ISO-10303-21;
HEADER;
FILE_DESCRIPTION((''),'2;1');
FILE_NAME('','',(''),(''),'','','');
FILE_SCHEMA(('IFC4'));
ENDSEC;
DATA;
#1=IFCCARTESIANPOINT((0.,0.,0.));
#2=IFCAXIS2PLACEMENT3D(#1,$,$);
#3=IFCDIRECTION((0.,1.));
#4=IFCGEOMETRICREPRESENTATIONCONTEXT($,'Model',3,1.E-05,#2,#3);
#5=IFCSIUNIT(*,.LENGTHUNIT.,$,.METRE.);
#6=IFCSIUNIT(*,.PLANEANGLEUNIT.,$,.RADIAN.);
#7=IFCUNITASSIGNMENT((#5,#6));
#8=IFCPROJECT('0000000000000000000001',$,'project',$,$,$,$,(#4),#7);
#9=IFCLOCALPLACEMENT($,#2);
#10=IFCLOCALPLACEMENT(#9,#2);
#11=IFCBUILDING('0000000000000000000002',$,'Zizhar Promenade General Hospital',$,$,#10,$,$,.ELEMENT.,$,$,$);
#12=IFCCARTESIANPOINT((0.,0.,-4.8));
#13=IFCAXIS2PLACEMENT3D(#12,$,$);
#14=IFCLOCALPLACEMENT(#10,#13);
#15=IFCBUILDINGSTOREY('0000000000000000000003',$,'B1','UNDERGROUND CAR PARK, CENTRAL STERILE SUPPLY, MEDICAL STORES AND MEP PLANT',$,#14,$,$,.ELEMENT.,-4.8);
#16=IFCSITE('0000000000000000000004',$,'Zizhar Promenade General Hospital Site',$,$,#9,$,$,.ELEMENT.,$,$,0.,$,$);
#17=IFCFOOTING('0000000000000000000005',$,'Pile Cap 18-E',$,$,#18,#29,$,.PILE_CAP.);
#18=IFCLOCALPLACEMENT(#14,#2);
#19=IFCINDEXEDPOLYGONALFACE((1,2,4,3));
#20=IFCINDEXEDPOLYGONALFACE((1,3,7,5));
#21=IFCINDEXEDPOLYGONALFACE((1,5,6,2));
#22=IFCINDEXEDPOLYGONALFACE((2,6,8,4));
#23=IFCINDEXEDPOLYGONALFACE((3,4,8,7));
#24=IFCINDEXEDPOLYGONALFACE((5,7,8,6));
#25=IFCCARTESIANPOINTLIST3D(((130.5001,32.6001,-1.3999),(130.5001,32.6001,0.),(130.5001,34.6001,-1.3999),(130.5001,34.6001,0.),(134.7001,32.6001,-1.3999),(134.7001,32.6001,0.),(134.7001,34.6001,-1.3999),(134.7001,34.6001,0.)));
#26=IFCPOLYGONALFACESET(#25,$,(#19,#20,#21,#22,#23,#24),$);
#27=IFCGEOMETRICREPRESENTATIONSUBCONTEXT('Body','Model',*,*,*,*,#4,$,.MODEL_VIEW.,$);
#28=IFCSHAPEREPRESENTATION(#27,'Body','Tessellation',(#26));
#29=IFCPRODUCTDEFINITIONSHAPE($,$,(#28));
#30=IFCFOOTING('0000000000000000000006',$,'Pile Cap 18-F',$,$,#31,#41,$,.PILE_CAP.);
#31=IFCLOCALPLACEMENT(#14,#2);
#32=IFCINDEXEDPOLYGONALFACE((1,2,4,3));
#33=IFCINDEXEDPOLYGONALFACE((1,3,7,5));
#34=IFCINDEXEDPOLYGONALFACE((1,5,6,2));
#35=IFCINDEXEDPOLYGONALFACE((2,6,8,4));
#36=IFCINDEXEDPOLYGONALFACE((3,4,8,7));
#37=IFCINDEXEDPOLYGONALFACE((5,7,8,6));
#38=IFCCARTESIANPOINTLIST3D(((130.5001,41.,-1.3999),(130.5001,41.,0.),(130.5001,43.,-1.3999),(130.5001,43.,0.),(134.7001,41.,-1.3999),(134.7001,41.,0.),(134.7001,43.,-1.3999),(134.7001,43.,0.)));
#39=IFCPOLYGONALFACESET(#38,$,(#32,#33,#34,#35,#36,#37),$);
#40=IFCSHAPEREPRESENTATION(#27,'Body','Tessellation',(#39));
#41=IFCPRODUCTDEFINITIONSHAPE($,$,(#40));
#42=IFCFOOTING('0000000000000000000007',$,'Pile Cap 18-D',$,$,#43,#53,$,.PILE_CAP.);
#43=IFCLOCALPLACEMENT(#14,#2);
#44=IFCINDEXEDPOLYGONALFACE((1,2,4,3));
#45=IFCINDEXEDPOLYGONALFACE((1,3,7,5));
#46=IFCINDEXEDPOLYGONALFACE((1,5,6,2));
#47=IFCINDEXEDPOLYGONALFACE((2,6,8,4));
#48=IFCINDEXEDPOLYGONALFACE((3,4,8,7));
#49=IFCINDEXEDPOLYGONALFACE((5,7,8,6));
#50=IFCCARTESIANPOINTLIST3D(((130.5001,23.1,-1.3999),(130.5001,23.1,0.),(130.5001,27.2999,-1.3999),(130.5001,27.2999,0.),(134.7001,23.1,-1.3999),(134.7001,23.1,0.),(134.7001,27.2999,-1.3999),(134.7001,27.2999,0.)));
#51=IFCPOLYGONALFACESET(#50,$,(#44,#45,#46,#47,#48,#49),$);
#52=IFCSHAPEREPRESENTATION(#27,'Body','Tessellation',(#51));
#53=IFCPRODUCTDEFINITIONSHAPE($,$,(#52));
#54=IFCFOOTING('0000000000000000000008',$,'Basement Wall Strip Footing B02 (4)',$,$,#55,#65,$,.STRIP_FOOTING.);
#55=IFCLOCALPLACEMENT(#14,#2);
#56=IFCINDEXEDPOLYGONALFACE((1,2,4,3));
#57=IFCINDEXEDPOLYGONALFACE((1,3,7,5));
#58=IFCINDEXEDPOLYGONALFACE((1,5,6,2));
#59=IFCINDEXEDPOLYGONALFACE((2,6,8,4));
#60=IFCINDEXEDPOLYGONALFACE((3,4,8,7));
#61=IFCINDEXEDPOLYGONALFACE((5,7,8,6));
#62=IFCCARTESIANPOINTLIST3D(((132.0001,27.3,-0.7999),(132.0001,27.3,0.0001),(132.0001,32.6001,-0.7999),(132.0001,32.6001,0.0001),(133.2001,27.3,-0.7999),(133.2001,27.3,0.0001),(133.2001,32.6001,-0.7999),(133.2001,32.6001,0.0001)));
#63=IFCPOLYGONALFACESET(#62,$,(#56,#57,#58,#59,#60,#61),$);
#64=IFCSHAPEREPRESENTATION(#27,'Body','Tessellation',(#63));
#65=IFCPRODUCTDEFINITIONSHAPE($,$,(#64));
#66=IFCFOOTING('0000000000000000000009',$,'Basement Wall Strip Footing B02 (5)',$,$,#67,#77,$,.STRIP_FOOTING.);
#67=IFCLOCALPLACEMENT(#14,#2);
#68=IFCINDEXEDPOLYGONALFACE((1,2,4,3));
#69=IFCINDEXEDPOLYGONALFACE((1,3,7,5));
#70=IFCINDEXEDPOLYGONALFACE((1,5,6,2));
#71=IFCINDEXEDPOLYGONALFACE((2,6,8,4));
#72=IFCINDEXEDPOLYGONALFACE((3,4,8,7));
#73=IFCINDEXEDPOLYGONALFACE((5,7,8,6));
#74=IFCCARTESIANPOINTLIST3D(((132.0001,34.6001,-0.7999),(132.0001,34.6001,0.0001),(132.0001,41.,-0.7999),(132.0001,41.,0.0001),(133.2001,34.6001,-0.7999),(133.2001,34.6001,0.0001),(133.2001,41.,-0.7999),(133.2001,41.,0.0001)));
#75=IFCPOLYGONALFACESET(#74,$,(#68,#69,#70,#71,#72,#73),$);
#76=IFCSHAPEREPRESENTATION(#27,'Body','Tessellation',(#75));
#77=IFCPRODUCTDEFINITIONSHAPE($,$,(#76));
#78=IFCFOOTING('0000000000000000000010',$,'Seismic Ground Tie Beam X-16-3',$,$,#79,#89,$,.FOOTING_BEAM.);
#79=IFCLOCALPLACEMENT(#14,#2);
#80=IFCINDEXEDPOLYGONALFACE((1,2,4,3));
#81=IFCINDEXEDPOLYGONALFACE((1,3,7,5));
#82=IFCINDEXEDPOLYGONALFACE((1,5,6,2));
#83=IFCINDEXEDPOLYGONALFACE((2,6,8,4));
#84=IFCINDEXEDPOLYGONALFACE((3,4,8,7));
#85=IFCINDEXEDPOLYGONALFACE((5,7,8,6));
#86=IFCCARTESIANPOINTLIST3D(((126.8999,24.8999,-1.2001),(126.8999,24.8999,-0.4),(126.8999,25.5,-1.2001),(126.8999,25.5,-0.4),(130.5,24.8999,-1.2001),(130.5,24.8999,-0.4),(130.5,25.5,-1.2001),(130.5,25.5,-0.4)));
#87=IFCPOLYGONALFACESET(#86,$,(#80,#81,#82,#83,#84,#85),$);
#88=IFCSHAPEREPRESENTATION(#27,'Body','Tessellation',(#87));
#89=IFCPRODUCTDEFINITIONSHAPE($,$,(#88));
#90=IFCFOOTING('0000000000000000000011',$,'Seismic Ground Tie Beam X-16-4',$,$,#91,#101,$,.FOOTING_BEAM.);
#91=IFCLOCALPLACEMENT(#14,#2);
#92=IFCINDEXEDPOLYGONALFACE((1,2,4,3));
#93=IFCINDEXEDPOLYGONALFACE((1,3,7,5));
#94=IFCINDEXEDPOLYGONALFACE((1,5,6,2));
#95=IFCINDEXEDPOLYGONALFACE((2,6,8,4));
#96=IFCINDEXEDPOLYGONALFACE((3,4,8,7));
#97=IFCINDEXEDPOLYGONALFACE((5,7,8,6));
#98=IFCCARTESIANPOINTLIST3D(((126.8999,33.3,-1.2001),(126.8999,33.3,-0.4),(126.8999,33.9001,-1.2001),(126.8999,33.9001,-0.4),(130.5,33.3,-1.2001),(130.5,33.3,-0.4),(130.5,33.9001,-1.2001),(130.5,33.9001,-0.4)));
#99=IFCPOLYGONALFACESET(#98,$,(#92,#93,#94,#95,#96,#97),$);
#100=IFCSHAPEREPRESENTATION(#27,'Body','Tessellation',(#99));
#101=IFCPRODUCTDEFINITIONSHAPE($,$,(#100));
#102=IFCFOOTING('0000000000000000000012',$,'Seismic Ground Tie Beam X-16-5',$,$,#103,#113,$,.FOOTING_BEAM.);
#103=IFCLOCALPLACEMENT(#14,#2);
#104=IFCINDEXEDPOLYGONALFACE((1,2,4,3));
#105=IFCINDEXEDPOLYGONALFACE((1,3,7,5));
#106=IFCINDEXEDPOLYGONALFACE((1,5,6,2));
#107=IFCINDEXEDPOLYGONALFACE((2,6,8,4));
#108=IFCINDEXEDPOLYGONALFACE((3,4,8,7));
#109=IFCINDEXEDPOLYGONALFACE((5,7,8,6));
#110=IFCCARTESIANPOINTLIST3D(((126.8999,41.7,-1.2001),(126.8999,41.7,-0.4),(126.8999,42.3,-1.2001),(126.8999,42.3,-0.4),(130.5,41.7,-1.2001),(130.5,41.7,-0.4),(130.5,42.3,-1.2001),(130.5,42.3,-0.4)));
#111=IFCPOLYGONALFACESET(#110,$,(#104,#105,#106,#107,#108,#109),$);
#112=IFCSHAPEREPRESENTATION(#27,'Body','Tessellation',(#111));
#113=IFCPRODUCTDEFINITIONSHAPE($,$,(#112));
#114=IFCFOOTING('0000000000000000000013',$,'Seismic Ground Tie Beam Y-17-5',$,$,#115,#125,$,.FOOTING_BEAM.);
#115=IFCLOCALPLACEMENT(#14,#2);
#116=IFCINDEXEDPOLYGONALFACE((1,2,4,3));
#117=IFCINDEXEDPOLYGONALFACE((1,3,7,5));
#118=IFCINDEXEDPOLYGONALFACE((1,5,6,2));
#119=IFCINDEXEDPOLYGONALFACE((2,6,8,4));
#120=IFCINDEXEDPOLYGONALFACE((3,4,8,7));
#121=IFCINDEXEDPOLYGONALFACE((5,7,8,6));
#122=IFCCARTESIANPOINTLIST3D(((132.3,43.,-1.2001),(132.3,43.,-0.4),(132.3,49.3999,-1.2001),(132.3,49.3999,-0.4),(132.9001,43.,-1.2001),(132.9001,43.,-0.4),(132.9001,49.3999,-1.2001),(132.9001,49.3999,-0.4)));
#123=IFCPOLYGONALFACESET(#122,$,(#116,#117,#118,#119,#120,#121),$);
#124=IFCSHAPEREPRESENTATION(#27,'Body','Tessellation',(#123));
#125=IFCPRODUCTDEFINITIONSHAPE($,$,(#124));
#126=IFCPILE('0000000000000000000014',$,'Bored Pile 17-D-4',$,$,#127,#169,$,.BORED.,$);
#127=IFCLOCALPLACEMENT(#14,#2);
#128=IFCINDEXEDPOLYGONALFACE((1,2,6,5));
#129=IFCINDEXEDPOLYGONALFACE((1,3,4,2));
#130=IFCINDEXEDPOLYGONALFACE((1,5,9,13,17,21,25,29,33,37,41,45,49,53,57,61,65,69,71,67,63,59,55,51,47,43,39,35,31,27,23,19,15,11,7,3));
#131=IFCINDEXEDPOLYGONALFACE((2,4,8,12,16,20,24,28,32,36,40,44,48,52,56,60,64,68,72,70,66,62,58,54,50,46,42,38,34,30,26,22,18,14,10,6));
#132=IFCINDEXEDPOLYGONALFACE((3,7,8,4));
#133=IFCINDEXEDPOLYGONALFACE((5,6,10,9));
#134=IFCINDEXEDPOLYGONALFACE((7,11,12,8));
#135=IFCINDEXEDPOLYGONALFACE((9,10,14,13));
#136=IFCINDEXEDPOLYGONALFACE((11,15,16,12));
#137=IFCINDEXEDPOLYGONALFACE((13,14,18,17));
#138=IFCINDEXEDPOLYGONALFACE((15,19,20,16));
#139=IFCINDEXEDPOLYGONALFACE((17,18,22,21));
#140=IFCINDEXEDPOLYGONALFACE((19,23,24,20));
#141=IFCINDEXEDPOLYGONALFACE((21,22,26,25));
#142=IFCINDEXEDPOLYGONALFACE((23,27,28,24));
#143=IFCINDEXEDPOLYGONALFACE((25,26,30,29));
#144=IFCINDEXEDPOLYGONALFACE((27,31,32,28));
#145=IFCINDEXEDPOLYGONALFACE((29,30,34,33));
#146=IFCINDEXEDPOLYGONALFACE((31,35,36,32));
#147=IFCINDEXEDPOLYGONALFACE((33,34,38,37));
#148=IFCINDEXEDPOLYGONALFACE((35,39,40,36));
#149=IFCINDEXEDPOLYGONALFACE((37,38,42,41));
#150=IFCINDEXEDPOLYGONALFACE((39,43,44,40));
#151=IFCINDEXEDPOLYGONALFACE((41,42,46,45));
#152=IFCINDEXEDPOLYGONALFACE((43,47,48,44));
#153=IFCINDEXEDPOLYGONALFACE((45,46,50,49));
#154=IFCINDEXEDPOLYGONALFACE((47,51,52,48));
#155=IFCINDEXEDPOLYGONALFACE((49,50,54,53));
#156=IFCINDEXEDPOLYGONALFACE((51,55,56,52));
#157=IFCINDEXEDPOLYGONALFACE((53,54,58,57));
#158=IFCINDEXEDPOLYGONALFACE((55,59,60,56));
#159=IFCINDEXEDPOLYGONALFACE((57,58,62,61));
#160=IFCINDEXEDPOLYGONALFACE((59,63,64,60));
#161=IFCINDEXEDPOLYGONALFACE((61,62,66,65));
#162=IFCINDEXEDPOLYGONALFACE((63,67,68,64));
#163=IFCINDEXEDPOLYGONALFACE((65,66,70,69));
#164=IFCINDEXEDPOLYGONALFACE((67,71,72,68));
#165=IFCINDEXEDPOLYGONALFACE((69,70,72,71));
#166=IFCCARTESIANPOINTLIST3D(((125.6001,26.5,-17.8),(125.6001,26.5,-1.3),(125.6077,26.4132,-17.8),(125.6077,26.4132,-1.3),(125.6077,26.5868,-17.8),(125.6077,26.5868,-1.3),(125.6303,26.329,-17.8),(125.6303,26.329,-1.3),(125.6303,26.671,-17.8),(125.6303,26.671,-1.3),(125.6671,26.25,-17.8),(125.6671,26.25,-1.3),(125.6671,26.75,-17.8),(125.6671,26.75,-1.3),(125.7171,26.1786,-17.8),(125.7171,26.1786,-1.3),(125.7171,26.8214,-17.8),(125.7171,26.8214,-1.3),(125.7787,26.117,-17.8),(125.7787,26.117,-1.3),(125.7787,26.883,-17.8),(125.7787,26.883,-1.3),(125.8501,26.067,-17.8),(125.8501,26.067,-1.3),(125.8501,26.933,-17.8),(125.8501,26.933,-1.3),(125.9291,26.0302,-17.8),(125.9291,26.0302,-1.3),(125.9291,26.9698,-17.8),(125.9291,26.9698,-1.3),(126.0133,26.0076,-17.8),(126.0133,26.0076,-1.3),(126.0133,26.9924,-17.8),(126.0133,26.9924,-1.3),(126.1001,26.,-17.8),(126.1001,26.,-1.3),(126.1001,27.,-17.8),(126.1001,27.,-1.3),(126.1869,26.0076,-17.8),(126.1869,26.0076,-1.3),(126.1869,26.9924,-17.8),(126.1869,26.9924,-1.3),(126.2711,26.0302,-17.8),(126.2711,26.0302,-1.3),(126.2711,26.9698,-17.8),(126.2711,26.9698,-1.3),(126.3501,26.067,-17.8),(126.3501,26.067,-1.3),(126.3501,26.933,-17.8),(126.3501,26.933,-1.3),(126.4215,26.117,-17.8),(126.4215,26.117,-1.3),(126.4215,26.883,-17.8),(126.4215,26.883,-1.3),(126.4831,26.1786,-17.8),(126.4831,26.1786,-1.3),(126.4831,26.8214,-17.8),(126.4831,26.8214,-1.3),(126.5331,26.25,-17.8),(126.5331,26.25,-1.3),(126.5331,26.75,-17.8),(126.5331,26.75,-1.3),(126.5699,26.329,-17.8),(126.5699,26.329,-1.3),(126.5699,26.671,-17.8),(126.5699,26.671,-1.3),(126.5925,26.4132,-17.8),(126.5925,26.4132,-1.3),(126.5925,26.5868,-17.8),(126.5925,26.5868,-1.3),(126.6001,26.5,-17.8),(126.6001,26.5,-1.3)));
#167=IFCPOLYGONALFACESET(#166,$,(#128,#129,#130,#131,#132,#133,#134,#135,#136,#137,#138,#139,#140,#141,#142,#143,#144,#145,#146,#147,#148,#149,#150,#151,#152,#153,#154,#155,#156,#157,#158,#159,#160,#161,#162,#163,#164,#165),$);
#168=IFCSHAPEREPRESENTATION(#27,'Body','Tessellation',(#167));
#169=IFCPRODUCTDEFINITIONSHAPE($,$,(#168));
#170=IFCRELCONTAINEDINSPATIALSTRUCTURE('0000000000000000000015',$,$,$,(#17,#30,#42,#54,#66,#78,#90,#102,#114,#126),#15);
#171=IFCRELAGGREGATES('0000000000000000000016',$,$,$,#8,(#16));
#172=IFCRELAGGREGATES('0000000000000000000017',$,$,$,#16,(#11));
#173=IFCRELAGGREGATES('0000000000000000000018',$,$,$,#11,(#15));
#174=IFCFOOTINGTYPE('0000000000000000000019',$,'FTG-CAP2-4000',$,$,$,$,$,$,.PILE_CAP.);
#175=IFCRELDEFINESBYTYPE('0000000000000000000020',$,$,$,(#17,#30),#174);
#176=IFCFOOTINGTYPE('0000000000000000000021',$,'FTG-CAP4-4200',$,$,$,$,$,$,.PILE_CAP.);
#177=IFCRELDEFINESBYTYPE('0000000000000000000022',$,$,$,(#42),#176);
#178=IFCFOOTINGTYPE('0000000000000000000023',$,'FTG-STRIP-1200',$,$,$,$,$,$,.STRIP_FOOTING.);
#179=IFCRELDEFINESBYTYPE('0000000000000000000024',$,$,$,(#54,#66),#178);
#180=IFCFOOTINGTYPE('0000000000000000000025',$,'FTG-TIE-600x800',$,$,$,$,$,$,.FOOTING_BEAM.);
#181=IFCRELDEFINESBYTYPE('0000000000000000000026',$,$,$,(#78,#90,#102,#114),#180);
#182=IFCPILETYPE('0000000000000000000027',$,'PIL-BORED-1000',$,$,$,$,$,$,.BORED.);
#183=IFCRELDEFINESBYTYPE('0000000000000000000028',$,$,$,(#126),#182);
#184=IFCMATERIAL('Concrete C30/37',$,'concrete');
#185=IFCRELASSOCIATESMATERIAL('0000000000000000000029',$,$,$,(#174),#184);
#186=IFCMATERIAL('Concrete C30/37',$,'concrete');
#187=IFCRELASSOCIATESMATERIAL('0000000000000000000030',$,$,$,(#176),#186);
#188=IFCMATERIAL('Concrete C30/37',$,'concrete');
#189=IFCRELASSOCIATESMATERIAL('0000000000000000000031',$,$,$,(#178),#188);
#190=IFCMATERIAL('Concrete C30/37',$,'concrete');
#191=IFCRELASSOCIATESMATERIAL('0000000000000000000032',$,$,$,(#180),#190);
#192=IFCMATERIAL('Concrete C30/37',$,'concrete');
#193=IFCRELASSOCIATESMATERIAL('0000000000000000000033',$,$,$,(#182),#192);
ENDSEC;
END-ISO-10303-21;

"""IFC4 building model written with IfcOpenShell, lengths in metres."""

from ifc_helpers import new_model, si_unit, direction, frame, origin, origin_2d, place, context, subcontext, project, spatial, rectangle, circle, extrude, material, material_profile, profile_set, type_object, element, save


model = new_model("IFC4")

# Units and contexts
model_context = context("Model", 3, precision=1e-05, world=origin(), true_north=direction((0.0, 1.0)))
body_context = subcontext(model_context, "Body", "Model", "MODEL_VIEW")
ifc_project = project(units=[si_unit("LENGTHUNIT", "METRE"), si_unit("PLANEANGLEUNIT", "RADIAN")], contexts=[model_context])

# Site, building, storey
site_placement = place(None, origin())
site = spatial("IfcSite", under=ifc_project, at=site_placement, Name="Zizhar Promenade General Hospital Site", CompositionType="ELEMENT", RefElevation=0.0)
building_placement = place(site_placement, origin())
building = spatial("IfcBuilding", under=site, at=building_placement, Name="Zizhar Promenade General Hospital", CompositionType="ELEMENT")
storey_placement = place(building_placement, frame((0.0, 0.0, -4.8)))
storey = spatial("IfcBuildingStorey", under=building, at=storey_placement, Name="B1", Description="UNDERGROUND CAR PARK, CENTRAL STERILE SUPPLY, MEDICAL STORES AND MEP PLANT", CompositionType="ELEMENT", Elevation=-4.8)

# Footings
ifc_material_1 = material(Name="Concrete C30/37", Category="concrete")
footing_type_1 = type_object("IfcFootingType", Name="FTG-CAP2-4000", PredefinedType="PILE_CAP", material=ifc_material_1)
for number, where, z_axis, x_axis, name in (
    (1, (132.6001, 33.6001, -1.3999), (0.0, 0.0, 1.0), (1.0, 0.0, 0.0), "Pile Cap 18-E"),
    (2, (132.6001, 42.0, -1.3999), (0.0, 0.0, 1.0), (1.0, 0.0, 0.0), "Pile Cap 18-F"),
):
    element("IfcFooting", number, at=place(storey_placement, frame(where, z_axis=z_axis, x_axis=x_axis)), inside=storey, type_object=footing_type_1, Name=name, PredefinedType="PILE_CAP", context=body_context, shape_type="SweptSolid", body=[
        extrude(rectangle(XDim=4.2, YDim=2.0, at=origin_2d()), origin(), (0.0, 0.0, 1.0), 1.3999),
    ])
ifc_material_2 = material(Name="Concrete C30/37", Category="concrete")
footing_type_2 = type_object("IfcFootingType", Name="FTG-CAP4-4200", PredefinedType="PILE_CAP", material=ifc_material_2)
footing_1_placement = place(storey_placement, frame((132.6001, 25.2, -1.3999), z_axis=(0.0, 0.0, 1.0), x_axis=(1.0, 0.0, 0.0)))
element("IfcFooting", 3, at=footing_1_placement, inside=storey, type_object=footing_type_2, Name="Pile Cap 18-D", PredefinedType="PILE_CAP", context=body_context, shape_type="SweptSolid", body=[
    extrude(rectangle(XDim=4.2, YDim=4.2, at=origin_2d()), origin(), (0.0, 0.0, 1.0), 1.3999),
])
ifc_material_3 = material(Name="Concrete C30/37", Category="concrete")
ifc_material_profile_1 = material_profile(ifc_material_3, rectangle(XDim=1.2, YDim=0.8, at=origin_2d()))
ifc_profile_set_1 = profile_set([ifc_material_profile_1], Name="Concrete C30/37")
footing_type_3 = type_object("IfcFootingType", Name="FTG-STRIP-1200", PredefinedType="STRIP_FOOTING", material=ifc_profile_set_1)
footing_2_placement = place(storey_placement, frame((132.6001, 27.3, -0.3999), z_axis=(0.0, 1.0, 0.0), x_axis=(-1.0, 0.0, 0.0)))
element("IfcFooting", 4, at=footing_2_placement, inside=storey, type_object=footing_type_3, Name="Basement Wall Strip Footing B02 (4)", PredefinedType="STRIP_FOOTING", context=body_context, shape_type="SweptSolid", body=[
    extrude(rectangle(XDim=1.2, YDim=0.8, at=origin_2d()), origin(), (0.0, 0.0, 1.0), 5.3),
])
footing_3_placement = place(storey_placement, frame((132.6001, 34.6001, -0.3999), z_axis=(0.0, 1.0, 0.0), x_axis=(-1.0, 0.0, 0.0)))
element("IfcFooting", 5, at=footing_3_placement, inside=storey, type_object=footing_type_3, Name="Basement Wall Strip Footing B02 (5)", PredefinedType="STRIP_FOOTING", context=body_context, shape_type="SweptSolid", body=[
    extrude(rectangle(XDim=1.2, YDim=0.8, at=origin_2d()), origin(), (0.0, 0.0, 1.0), 6.3999),
])
ifc_material_4 = material(Name="Concrete C30/37", Category="concrete")
ifc_material_profile_2 = material_profile(ifc_material_4, rectangle(XDim=0.6001, YDim=0.8, at=origin_2d()))
ifc_profile_set_2 = profile_set([ifc_material_profile_2], Name="Concrete C30/37")
footing_type_4 = type_object("IfcFootingType", Name="FTG-TIE-600x800", PredefinedType="FOOTING_BEAM", material=ifc_profile_set_2)
for number, where, z_axis, x_axis, name in (
    (6, (126.8999, 25.2, -0.8), (1.0, 0.0, 0.0), (0.0, 1.0, 0.0), "Seismic Ground Tie Beam X-16-3"),
    (7, (126.8999, 33.6001, -0.8), (1.0, 0.0, 0.0), (0.0, 1.0, 0.0), "Seismic Ground Tie Beam X-16-4"),
    (8, (126.8999, 42.0, -0.8), (1.0, 0.0, 0.0), (0.0, 1.0, 0.0), "Seismic Ground Tie Beam X-16-5"),
):
    element("IfcFooting", number, at=place(storey_placement, frame(where, z_axis=z_axis, x_axis=x_axis)), inside=storey, type_object=footing_type_4, Name=name, PredefinedType="FOOTING_BEAM", context=body_context, shape_type="SweptSolid", body=[
        extrude(rectangle(XDim=0.6001, YDim=0.8, at=origin_2d()), origin(), (0.0, 0.0, 1.0), 3.6001),
    ])
footing_4_placement = place(storey_placement, frame((132.6001, 43.0, -0.8), z_axis=(0.0, 1.0, 0.0), x_axis=(-1.0, 0.0, 0.0)))
element("IfcFooting", 9, at=footing_4_placement, inside=storey, type_object=footing_type_4, Name="Seismic Ground Tie Beam Y-17-5", PredefinedType="FOOTING_BEAM", context=body_context, shape_type="SweptSolid", body=[
    extrude(rectangle(XDim=0.6001, YDim=0.8, at=origin_2d()), origin(), (0.0, 0.0, 1.0), 6.3999),
])

# Pile
ifc_material_5 = material(Name="Concrete C30/37", Category="concrete")
ifc_material_profile_3 = material_profile(ifc_material_5, circle(Radius=0.5, at=origin_2d()))
ifc_profile_set_3 = profile_set([ifc_material_profile_3], Name="Concrete C30/37")
pile_type = type_object("IfcPileType", Name="PIL-BORED-1000", PredefinedType="BORED", material=ifc_profile_set_3)
for number, where, z_axis, x_axis, name in (
    (10, (126.1001, 26.5, -1.3), (0.0, 0.0, -1.0), (1.0, 0.0, 0.0), "Bored Pile 17-D-4"),
):
    element("IfcPile", number, at=place(storey_placement, frame(where, z_axis=z_axis, x_axis=x_axis)), inside=storey, type_object=pile_type, Name=name, PredefinedType="BORED", context=body_context, shape_type="SweptSolid", body=[
        extrude(circle(Radius=0.5, at=origin_2d()), origin(), (0.0, 0.0, 1.0), 16.5),
    ])

save(model, "model.ifc")
